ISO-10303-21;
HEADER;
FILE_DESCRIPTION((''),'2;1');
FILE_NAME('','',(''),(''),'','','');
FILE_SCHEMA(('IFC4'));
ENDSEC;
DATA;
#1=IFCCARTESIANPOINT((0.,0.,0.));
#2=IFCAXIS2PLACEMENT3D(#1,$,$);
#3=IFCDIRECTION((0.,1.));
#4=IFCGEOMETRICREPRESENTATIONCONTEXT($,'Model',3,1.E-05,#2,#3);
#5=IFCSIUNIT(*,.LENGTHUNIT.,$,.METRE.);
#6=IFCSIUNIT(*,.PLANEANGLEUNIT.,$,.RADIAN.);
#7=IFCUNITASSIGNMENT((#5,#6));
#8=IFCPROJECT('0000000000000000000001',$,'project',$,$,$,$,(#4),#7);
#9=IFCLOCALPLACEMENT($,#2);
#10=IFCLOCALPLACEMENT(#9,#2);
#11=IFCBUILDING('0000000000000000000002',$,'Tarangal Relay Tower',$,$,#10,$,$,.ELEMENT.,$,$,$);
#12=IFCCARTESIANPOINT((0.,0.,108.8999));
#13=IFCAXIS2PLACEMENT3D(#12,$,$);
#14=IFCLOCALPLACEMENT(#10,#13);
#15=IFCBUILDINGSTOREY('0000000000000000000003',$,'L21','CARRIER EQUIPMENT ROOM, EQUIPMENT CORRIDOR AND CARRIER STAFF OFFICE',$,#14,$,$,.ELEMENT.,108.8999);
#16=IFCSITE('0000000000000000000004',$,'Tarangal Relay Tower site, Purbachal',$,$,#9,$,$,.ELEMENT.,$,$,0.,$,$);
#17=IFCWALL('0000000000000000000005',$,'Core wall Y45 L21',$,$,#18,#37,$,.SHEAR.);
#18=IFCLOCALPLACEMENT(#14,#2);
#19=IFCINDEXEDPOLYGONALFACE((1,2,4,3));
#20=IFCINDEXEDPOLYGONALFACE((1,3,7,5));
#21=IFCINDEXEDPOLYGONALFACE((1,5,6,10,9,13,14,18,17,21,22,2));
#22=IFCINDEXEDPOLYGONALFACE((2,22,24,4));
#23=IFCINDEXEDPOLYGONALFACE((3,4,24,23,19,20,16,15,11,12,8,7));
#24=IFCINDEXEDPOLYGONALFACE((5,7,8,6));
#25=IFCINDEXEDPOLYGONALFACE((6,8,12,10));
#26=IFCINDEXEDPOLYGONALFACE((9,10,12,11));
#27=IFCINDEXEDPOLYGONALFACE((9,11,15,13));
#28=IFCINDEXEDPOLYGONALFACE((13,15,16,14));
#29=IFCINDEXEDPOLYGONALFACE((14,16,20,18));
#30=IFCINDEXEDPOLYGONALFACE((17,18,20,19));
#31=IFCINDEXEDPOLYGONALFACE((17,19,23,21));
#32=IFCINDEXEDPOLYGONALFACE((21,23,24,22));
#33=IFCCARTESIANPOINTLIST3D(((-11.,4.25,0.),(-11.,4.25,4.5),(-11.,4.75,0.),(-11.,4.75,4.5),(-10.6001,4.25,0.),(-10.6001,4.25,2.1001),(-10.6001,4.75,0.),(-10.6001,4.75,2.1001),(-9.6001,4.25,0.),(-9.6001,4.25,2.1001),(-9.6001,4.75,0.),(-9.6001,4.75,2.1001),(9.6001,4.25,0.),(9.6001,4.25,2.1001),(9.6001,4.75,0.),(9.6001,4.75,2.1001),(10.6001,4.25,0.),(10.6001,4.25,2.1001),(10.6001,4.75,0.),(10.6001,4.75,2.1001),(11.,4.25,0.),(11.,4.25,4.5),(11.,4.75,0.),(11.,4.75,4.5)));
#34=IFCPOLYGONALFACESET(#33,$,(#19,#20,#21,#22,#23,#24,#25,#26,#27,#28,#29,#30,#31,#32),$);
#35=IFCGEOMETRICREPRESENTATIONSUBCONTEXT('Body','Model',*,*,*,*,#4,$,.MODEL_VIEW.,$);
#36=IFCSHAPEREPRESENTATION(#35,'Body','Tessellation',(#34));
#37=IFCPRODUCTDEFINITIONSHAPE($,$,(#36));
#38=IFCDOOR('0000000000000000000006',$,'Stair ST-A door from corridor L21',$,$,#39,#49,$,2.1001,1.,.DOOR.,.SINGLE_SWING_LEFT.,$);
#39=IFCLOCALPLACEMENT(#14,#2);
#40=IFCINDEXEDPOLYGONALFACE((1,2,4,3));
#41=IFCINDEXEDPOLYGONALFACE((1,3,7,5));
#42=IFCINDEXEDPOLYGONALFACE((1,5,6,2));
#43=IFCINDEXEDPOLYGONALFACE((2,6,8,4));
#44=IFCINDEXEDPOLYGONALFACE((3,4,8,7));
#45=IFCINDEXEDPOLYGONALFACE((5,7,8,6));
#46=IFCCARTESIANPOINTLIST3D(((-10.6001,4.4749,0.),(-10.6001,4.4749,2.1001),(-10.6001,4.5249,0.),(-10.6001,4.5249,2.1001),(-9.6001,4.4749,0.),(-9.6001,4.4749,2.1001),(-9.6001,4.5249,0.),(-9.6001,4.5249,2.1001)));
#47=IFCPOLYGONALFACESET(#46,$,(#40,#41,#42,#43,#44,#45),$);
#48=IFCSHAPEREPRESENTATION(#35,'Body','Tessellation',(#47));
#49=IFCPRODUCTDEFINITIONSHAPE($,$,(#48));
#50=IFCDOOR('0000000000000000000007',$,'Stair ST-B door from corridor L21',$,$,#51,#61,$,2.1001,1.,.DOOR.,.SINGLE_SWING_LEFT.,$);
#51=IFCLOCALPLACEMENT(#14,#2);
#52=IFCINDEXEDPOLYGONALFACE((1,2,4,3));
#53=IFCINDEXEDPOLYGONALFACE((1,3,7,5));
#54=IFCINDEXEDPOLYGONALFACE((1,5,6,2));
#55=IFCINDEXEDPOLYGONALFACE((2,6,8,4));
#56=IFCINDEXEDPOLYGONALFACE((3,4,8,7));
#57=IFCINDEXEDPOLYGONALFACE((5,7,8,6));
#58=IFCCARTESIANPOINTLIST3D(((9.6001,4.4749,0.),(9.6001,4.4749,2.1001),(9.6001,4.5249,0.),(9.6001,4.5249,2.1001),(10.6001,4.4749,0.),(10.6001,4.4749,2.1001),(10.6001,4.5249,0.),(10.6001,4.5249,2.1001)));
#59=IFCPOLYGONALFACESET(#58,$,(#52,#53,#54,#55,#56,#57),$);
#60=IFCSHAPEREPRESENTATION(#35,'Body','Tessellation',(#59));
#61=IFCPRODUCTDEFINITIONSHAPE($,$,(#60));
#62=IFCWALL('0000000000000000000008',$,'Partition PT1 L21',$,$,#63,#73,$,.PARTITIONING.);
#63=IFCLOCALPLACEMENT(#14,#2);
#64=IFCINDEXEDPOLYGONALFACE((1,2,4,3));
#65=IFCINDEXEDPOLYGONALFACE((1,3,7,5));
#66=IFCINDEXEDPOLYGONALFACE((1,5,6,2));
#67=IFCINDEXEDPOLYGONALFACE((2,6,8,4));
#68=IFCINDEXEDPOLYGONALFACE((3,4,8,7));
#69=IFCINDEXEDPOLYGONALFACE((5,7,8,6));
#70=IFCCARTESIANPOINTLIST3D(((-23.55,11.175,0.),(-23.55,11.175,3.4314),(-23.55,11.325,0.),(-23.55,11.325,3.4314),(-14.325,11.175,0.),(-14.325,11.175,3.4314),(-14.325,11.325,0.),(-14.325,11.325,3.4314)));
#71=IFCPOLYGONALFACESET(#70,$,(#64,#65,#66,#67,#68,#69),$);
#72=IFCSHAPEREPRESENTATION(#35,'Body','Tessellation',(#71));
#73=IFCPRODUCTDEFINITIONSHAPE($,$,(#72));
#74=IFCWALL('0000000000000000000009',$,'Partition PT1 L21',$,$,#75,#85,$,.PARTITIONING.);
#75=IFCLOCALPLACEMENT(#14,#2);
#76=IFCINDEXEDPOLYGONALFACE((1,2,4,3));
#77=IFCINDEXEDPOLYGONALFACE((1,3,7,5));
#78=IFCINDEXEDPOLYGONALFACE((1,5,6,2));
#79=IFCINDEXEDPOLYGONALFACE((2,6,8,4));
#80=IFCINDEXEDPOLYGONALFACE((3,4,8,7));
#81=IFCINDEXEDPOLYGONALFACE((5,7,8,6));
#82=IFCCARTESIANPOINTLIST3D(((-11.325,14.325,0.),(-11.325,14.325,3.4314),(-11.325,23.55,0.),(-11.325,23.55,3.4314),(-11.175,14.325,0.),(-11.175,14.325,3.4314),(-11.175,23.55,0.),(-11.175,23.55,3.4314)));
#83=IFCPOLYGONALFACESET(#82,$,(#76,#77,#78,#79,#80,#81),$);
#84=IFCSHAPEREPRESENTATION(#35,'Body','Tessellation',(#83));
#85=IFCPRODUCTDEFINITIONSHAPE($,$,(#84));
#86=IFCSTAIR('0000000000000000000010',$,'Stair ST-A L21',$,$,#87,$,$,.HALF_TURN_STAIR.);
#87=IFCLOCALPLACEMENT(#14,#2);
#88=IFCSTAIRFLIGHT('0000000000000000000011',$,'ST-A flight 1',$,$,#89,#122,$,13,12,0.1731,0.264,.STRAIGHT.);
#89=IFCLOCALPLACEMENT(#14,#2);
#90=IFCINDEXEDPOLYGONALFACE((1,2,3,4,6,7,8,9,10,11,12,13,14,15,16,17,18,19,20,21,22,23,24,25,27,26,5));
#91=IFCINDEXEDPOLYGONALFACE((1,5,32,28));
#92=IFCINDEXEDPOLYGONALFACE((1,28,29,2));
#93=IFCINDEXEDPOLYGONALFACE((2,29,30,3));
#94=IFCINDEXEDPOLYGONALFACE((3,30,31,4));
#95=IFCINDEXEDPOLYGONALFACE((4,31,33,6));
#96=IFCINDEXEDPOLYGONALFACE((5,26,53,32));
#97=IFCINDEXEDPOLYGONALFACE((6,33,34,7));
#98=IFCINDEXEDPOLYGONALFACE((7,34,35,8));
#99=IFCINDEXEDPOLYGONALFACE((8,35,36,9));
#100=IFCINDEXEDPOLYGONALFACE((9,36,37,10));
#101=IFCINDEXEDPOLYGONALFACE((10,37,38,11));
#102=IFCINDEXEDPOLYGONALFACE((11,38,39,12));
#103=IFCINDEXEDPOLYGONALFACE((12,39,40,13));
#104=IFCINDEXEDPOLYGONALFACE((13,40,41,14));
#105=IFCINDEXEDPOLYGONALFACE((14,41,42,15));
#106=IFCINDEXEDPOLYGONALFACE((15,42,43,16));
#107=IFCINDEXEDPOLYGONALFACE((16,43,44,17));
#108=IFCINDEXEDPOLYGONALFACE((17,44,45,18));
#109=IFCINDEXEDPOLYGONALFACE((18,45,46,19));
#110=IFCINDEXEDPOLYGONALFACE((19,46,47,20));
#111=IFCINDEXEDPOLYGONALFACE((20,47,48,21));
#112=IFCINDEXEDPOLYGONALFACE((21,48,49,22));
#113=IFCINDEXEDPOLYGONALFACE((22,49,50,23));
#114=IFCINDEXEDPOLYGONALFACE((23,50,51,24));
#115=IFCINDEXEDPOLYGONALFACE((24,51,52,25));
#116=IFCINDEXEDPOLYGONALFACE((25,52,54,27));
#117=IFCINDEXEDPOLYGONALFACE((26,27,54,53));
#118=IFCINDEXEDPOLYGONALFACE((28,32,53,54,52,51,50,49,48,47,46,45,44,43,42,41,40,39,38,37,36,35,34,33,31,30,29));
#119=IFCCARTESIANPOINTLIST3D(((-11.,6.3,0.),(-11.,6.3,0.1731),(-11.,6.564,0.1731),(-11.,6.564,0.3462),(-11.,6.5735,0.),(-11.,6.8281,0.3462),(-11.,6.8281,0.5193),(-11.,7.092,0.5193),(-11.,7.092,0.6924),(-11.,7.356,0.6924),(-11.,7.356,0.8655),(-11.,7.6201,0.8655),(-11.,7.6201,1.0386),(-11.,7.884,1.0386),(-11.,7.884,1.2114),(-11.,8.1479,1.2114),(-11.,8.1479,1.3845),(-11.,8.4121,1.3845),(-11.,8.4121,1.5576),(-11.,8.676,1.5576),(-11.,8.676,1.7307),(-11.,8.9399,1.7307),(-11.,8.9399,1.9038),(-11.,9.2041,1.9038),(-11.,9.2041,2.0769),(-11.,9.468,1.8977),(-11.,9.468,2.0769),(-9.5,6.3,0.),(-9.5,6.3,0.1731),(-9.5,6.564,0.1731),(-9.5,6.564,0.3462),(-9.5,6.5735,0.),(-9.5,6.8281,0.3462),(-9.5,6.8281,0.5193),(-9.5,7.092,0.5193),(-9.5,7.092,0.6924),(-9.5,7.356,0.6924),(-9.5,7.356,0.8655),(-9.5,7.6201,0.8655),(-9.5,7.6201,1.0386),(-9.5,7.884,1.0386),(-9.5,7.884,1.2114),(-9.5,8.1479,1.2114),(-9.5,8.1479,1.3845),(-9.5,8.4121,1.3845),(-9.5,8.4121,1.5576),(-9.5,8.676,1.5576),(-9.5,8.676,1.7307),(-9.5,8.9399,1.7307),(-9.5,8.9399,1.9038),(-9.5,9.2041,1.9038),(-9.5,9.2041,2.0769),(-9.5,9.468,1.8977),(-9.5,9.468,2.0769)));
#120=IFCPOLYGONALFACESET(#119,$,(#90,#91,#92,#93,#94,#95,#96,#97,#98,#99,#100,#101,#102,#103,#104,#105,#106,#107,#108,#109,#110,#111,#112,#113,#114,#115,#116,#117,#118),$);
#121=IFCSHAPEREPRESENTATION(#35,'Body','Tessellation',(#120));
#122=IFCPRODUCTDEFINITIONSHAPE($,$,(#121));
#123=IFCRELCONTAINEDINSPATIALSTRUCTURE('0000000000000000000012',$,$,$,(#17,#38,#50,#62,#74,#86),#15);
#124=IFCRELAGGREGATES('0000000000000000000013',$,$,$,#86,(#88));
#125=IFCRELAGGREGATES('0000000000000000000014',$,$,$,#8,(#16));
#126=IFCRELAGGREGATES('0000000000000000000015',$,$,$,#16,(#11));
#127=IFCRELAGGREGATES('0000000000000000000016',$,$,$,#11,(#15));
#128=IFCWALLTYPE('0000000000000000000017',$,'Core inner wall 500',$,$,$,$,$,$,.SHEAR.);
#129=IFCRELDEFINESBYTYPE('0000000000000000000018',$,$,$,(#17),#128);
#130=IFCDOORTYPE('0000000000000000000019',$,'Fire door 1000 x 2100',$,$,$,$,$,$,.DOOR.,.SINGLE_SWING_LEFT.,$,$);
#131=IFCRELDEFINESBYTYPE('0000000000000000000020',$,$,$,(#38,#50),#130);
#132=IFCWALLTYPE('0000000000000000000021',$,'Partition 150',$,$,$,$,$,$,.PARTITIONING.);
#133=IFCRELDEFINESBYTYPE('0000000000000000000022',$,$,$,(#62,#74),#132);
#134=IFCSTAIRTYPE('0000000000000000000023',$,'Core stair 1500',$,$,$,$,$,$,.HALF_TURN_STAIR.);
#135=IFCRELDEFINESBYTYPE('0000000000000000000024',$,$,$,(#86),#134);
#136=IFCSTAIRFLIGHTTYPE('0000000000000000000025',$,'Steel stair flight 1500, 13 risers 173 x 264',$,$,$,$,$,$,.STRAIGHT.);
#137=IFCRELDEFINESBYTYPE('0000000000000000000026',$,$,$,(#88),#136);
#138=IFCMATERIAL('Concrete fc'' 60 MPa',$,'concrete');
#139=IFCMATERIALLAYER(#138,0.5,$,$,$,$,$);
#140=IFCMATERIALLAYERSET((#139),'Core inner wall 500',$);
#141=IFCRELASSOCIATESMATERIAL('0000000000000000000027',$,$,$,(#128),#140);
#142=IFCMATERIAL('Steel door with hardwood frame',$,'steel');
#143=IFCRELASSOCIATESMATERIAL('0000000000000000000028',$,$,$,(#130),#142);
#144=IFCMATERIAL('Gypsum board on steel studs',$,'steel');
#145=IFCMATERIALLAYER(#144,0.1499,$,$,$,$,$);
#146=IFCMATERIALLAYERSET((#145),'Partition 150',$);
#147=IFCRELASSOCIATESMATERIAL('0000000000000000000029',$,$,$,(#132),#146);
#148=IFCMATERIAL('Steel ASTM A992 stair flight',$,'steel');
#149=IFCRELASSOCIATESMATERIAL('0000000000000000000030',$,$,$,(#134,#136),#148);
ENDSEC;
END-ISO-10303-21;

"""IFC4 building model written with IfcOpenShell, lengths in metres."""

from ifc_helpers import new_model, si_unit, direction, frame, frame_2d, origin, place, context, subcontext, project, spatial, polyline, rectangle, outline, extrude, material, layer, layer_set, type_object, element, fill, aggregate, save


model = new_model("IFC4")

# Units and contexts
model_context = context("Model", 3, precision=1e-05, world=origin(), true_north=direction((0.0, 1.0)))
body_context = subcontext(model_context, "Body", "Model", "MODEL_VIEW")
ifc_project = project(units=[si_unit("LENGTHUNIT", "METRE"), si_unit("PLANEANGLEUNIT", "RADIAN")], contexts=[model_context])

# Site, building, storey
site_placement = place(None, origin())
site = spatial("IfcSite", under=ifc_project, at=site_placement, Name="Tarangal Relay Tower site, Purbachal", CompositionType="ELEMENT", RefElevation=0.0)
building_placement = place(site_placement, origin())
building = spatial("IfcBuilding", under=site, at=building_placement, Name="Tarangal Relay Tower", CompositionType="ELEMENT")
storey_placement = place(building_placement, frame((0.0, 0.0, 108.8999)))
storey = spatial("IfcBuildingStorey", under=building, at=storey_placement, Name="L21", Description="CARRIER EQUIPMENT ROOM, EQUIPMENT CORRIDOR AND CARRIER STAFF OFFICE", CompositionType="ELEMENT", Elevation=108.8999)

# Wall, openings, doors
ifc_material_1 = material(Name="Concrete fc' 60 MPa", Category="concrete")
ifc_layer_1 = layer(ifc_material_1, 0.5)
ifc_layer_set_1 = layer_set([ifc_layer_1], Name="Core inner wall 500")
wall_type_1 = type_object("IfcWallType", Name="Core inner wall 500", PredefinedType="SHEAR", material=ifc_layer_set_1)
wall_1_placement = place(storey_placement, frame((-11.0, 4.5, 0.0), z_axis=(0.0, 0.0, 1.0), x_axis=(1.0, 0.0, 0.0)))
wall_1 = element("IfcWall", 1, at=wall_1_placement, inside=storey, type_object=wall_type_1, Name="Core wall Y45 L21", PredefinedType="SHEAR", context=body_context, shape_type="SweptSolid", body=[
    extrude(rectangle(XDim=22.0, YDim=0.5, at=frame_2d((11.0, 0.0))), origin(), (0.0, 0.0, 1.0), 4.5),
])
opening_1_placement = place(wall_1_placement, frame((0.3999, 0.0, 0.0)))
opening_1 = element("IfcOpeningElement", 2, at=opening_1_placement, cuts=wall_1, PredefinedType="OPENING", context=body_context, shape_type="SweptSolid", body=[
    extrude(rectangle(XDim=1.0, YDim=2.1001, at=frame_2d((0.5, 1.05))), frame((0.0, 0.26, 0.0), z_axis=(0.0, -1.0, 0.0), x_axis=(1.0, 0.0, 0.0)), (0.0, 0.0, 1.0), 0.52),
])
opening_2_placement = place(wall_1_placement, frame((20.6001, 0.0, 0.0)))
opening_2 = element("IfcOpeningElement", 3, at=opening_2_placement, cuts=wall_1, PredefinedType="OPENING", context=body_context, shape_type="SweptSolid", body=[
    extrude(rectangle(XDim=1.0, YDim=2.1001, at=frame_2d((0.5, 1.05))), frame((0.0, 0.26, 0.0), z_axis=(0.0, -1.0, 0.0), x_axis=(1.0, 0.0, 0.0)), (0.0, 0.0, 1.0), 0.52),
])
ifc_material_2 = material(Name="Steel door with hardwood frame", Category="steel")
door_type_1 = type_object("IfcDoorType", Name="Fire door 1000 x 2100", OperationType="SINGLE_SWING_LEFT", PredefinedType="DOOR", material=ifc_material_2)
door_1_placement = place(opening_1_placement, origin())
door_1 = element("IfcDoor", 4, at=door_1_placement, inside=storey, type_object=door_type_1, Name="Stair ST-A door from corridor L21", OperationType="SINGLE_SWING_LEFT", OverallHeight=2.1001, OverallWidth=1.0, PredefinedType="DOOR", context=body_context, shape_type="SweptSolid", body=[
    extrude(rectangle(XDim=1.0, YDim=2.1001, at=frame_2d((0.5, 1.05))), frame((0.0, 0.0249, 0.0), z_axis=(0.0, -1.0, 0.0), x_axis=(1.0, 0.0, 0.0)), (0.0, 0.0, 1.0), 0.05),
])
fill(opening_1, door_1)
door_2_placement = place(opening_2_placement, origin())
door_2 = element("IfcDoor", 5, at=door_2_placement, inside=storey, type_object=door_type_1, Name="Stair ST-B door from corridor L21", OperationType="SINGLE_SWING_LEFT", OverallHeight=2.1001, OverallWidth=1.0, PredefinedType="DOOR", context=body_context, shape_type="SweptSolid", body=[
    extrude(rectangle(XDim=1.0, YDim=2.1001, at=frame_2d((0.5, 1.05))), frame((0.0, 0.0249, 0.0), z_axis=(0.0, -1.0, 0.0), x_axis=(1.0, 0.0, 0.0)), (0.0, 0.0, 1.0), 0.05),
])
fill(opening_2, door_2)

# Walls
ifc_material_3 = material(Name="Gypsum board on steel studs", Category="steel")
ifc_layer_2 = layer(ifc_material_3, 0.1499)
ifc_layer_set_2 = layer_set([ifc_layer_2], Name="Partition 150")
wall_type_2 = type_object("IfcWallType", Name="Partition 150", PredefinedType="PARTITIONING", material=ifc_layer_set_2)
for number, where, z_axis, x_axis, name in (
    (6, (-23.55, 11.25, 0.0), (0.0, 0.0, 1.0), (1.0, 0.0, 0.0), "Partition PT1 L21"),
    (7, (-11.25, 14.325, 0.0), (0.0, 0.0, 1.0), (0.0, 1.0, 0.0), "Partition PT1 L21"),
):
    element("IfcWall", number, at=place(storey_placement, frame(where, z_axis=z_axis, x_axis=x_axis)), inside=storey, type_object=wall_type_2, Name=name, PredefinedType="PARTITIONING", context=body_context, shape_type="SweptSolid", body=[
        extrude(rectangle(XDim=9.2251, YDim=0.1499, at=frame_2d((4.6125, 0.0))), origin(), (0.0, 0.0, 1.0), 3.4314),
    ])

# Stair, stair flight
ifc_material_4 = material(Name="Steel ASTM A992 stair flight", Category="steel")
stair_type = type_object("IfcStairType", Name="Core stair 1500", PredefinedType="HALF_TURN_STAIR", material=ifc_material_4)
stair_placement = place(storey_placement, origin())
stair = element("IfcStair", 8, at=stair_placement, inside=storey, type_object=stair_type, Name="Stair ST-A L21", PredefinedType="HALF_TURN_STAIR")
stair_flight_type = type_object("IfcStairFlightType", Name="Steel stair flight 1500, 13 risers 173 x 264", PredefinedType="STRAIGHT", material=ifc_material_4)
stair_flight_placement = place(storey_placement, frame((-10.25, 6.3, 0.0), z_axis=(0.0, 0.0, 1.0), x_axis=(0.0, 1.0, 0.0)))
stair_flight = element("IfcStairFlight", 9, at=stair_flight_placement, type_object=stair_flight_type, Name="ST-A flight 1", NumberOfRisers=13, NumberOfTreads=12, PredefinedType="STRAIGHT", RiserHeight=0.1731, TreadLength=0.264, context=body_context, shape_type="SweptSolid", body=[
    extrude(outline(polyline([(0.0, 0.0), (0.0, 0.1731), (0.2639, 0.1731), (0.2639, 0.3462), (0.5281, 0.3462), (0.5281, 0.5193), (0.792, 0.5193), (0.792, 0.6924), (1.0559, 0.6924), (1.0559, 0.8655), (1.3201, 0.8655), (1.3201, 1.0386), (1.584, 1.0386), (1.584, 1.2114), (1.8479, 1.2114), (1.8479, 1.3845), (2.1121, 1.3845), (2.1121, 1.5576), (2.376, 1.5576), (2.376, 1.7307), (2.6399, 1.7307), (2.6399, 1.9038), (2.9041, 1.9038), (2.9041, 2.0769), (3.168, 2.0769), (3.168, 2.25), (3.168, 1.8977), (0.2734, 0.0), (0.0, 0.0)])), frame((0.0, 0.75, 0.0), z_axis=(0.0, -1.0, 0.0), x_axis=(1.0, 0.0, 0.0)), (0.0, 0.0, 1.0), 1.5),
])
aggregate(stair, [stair_flight])

save(model, "model.ifc")
